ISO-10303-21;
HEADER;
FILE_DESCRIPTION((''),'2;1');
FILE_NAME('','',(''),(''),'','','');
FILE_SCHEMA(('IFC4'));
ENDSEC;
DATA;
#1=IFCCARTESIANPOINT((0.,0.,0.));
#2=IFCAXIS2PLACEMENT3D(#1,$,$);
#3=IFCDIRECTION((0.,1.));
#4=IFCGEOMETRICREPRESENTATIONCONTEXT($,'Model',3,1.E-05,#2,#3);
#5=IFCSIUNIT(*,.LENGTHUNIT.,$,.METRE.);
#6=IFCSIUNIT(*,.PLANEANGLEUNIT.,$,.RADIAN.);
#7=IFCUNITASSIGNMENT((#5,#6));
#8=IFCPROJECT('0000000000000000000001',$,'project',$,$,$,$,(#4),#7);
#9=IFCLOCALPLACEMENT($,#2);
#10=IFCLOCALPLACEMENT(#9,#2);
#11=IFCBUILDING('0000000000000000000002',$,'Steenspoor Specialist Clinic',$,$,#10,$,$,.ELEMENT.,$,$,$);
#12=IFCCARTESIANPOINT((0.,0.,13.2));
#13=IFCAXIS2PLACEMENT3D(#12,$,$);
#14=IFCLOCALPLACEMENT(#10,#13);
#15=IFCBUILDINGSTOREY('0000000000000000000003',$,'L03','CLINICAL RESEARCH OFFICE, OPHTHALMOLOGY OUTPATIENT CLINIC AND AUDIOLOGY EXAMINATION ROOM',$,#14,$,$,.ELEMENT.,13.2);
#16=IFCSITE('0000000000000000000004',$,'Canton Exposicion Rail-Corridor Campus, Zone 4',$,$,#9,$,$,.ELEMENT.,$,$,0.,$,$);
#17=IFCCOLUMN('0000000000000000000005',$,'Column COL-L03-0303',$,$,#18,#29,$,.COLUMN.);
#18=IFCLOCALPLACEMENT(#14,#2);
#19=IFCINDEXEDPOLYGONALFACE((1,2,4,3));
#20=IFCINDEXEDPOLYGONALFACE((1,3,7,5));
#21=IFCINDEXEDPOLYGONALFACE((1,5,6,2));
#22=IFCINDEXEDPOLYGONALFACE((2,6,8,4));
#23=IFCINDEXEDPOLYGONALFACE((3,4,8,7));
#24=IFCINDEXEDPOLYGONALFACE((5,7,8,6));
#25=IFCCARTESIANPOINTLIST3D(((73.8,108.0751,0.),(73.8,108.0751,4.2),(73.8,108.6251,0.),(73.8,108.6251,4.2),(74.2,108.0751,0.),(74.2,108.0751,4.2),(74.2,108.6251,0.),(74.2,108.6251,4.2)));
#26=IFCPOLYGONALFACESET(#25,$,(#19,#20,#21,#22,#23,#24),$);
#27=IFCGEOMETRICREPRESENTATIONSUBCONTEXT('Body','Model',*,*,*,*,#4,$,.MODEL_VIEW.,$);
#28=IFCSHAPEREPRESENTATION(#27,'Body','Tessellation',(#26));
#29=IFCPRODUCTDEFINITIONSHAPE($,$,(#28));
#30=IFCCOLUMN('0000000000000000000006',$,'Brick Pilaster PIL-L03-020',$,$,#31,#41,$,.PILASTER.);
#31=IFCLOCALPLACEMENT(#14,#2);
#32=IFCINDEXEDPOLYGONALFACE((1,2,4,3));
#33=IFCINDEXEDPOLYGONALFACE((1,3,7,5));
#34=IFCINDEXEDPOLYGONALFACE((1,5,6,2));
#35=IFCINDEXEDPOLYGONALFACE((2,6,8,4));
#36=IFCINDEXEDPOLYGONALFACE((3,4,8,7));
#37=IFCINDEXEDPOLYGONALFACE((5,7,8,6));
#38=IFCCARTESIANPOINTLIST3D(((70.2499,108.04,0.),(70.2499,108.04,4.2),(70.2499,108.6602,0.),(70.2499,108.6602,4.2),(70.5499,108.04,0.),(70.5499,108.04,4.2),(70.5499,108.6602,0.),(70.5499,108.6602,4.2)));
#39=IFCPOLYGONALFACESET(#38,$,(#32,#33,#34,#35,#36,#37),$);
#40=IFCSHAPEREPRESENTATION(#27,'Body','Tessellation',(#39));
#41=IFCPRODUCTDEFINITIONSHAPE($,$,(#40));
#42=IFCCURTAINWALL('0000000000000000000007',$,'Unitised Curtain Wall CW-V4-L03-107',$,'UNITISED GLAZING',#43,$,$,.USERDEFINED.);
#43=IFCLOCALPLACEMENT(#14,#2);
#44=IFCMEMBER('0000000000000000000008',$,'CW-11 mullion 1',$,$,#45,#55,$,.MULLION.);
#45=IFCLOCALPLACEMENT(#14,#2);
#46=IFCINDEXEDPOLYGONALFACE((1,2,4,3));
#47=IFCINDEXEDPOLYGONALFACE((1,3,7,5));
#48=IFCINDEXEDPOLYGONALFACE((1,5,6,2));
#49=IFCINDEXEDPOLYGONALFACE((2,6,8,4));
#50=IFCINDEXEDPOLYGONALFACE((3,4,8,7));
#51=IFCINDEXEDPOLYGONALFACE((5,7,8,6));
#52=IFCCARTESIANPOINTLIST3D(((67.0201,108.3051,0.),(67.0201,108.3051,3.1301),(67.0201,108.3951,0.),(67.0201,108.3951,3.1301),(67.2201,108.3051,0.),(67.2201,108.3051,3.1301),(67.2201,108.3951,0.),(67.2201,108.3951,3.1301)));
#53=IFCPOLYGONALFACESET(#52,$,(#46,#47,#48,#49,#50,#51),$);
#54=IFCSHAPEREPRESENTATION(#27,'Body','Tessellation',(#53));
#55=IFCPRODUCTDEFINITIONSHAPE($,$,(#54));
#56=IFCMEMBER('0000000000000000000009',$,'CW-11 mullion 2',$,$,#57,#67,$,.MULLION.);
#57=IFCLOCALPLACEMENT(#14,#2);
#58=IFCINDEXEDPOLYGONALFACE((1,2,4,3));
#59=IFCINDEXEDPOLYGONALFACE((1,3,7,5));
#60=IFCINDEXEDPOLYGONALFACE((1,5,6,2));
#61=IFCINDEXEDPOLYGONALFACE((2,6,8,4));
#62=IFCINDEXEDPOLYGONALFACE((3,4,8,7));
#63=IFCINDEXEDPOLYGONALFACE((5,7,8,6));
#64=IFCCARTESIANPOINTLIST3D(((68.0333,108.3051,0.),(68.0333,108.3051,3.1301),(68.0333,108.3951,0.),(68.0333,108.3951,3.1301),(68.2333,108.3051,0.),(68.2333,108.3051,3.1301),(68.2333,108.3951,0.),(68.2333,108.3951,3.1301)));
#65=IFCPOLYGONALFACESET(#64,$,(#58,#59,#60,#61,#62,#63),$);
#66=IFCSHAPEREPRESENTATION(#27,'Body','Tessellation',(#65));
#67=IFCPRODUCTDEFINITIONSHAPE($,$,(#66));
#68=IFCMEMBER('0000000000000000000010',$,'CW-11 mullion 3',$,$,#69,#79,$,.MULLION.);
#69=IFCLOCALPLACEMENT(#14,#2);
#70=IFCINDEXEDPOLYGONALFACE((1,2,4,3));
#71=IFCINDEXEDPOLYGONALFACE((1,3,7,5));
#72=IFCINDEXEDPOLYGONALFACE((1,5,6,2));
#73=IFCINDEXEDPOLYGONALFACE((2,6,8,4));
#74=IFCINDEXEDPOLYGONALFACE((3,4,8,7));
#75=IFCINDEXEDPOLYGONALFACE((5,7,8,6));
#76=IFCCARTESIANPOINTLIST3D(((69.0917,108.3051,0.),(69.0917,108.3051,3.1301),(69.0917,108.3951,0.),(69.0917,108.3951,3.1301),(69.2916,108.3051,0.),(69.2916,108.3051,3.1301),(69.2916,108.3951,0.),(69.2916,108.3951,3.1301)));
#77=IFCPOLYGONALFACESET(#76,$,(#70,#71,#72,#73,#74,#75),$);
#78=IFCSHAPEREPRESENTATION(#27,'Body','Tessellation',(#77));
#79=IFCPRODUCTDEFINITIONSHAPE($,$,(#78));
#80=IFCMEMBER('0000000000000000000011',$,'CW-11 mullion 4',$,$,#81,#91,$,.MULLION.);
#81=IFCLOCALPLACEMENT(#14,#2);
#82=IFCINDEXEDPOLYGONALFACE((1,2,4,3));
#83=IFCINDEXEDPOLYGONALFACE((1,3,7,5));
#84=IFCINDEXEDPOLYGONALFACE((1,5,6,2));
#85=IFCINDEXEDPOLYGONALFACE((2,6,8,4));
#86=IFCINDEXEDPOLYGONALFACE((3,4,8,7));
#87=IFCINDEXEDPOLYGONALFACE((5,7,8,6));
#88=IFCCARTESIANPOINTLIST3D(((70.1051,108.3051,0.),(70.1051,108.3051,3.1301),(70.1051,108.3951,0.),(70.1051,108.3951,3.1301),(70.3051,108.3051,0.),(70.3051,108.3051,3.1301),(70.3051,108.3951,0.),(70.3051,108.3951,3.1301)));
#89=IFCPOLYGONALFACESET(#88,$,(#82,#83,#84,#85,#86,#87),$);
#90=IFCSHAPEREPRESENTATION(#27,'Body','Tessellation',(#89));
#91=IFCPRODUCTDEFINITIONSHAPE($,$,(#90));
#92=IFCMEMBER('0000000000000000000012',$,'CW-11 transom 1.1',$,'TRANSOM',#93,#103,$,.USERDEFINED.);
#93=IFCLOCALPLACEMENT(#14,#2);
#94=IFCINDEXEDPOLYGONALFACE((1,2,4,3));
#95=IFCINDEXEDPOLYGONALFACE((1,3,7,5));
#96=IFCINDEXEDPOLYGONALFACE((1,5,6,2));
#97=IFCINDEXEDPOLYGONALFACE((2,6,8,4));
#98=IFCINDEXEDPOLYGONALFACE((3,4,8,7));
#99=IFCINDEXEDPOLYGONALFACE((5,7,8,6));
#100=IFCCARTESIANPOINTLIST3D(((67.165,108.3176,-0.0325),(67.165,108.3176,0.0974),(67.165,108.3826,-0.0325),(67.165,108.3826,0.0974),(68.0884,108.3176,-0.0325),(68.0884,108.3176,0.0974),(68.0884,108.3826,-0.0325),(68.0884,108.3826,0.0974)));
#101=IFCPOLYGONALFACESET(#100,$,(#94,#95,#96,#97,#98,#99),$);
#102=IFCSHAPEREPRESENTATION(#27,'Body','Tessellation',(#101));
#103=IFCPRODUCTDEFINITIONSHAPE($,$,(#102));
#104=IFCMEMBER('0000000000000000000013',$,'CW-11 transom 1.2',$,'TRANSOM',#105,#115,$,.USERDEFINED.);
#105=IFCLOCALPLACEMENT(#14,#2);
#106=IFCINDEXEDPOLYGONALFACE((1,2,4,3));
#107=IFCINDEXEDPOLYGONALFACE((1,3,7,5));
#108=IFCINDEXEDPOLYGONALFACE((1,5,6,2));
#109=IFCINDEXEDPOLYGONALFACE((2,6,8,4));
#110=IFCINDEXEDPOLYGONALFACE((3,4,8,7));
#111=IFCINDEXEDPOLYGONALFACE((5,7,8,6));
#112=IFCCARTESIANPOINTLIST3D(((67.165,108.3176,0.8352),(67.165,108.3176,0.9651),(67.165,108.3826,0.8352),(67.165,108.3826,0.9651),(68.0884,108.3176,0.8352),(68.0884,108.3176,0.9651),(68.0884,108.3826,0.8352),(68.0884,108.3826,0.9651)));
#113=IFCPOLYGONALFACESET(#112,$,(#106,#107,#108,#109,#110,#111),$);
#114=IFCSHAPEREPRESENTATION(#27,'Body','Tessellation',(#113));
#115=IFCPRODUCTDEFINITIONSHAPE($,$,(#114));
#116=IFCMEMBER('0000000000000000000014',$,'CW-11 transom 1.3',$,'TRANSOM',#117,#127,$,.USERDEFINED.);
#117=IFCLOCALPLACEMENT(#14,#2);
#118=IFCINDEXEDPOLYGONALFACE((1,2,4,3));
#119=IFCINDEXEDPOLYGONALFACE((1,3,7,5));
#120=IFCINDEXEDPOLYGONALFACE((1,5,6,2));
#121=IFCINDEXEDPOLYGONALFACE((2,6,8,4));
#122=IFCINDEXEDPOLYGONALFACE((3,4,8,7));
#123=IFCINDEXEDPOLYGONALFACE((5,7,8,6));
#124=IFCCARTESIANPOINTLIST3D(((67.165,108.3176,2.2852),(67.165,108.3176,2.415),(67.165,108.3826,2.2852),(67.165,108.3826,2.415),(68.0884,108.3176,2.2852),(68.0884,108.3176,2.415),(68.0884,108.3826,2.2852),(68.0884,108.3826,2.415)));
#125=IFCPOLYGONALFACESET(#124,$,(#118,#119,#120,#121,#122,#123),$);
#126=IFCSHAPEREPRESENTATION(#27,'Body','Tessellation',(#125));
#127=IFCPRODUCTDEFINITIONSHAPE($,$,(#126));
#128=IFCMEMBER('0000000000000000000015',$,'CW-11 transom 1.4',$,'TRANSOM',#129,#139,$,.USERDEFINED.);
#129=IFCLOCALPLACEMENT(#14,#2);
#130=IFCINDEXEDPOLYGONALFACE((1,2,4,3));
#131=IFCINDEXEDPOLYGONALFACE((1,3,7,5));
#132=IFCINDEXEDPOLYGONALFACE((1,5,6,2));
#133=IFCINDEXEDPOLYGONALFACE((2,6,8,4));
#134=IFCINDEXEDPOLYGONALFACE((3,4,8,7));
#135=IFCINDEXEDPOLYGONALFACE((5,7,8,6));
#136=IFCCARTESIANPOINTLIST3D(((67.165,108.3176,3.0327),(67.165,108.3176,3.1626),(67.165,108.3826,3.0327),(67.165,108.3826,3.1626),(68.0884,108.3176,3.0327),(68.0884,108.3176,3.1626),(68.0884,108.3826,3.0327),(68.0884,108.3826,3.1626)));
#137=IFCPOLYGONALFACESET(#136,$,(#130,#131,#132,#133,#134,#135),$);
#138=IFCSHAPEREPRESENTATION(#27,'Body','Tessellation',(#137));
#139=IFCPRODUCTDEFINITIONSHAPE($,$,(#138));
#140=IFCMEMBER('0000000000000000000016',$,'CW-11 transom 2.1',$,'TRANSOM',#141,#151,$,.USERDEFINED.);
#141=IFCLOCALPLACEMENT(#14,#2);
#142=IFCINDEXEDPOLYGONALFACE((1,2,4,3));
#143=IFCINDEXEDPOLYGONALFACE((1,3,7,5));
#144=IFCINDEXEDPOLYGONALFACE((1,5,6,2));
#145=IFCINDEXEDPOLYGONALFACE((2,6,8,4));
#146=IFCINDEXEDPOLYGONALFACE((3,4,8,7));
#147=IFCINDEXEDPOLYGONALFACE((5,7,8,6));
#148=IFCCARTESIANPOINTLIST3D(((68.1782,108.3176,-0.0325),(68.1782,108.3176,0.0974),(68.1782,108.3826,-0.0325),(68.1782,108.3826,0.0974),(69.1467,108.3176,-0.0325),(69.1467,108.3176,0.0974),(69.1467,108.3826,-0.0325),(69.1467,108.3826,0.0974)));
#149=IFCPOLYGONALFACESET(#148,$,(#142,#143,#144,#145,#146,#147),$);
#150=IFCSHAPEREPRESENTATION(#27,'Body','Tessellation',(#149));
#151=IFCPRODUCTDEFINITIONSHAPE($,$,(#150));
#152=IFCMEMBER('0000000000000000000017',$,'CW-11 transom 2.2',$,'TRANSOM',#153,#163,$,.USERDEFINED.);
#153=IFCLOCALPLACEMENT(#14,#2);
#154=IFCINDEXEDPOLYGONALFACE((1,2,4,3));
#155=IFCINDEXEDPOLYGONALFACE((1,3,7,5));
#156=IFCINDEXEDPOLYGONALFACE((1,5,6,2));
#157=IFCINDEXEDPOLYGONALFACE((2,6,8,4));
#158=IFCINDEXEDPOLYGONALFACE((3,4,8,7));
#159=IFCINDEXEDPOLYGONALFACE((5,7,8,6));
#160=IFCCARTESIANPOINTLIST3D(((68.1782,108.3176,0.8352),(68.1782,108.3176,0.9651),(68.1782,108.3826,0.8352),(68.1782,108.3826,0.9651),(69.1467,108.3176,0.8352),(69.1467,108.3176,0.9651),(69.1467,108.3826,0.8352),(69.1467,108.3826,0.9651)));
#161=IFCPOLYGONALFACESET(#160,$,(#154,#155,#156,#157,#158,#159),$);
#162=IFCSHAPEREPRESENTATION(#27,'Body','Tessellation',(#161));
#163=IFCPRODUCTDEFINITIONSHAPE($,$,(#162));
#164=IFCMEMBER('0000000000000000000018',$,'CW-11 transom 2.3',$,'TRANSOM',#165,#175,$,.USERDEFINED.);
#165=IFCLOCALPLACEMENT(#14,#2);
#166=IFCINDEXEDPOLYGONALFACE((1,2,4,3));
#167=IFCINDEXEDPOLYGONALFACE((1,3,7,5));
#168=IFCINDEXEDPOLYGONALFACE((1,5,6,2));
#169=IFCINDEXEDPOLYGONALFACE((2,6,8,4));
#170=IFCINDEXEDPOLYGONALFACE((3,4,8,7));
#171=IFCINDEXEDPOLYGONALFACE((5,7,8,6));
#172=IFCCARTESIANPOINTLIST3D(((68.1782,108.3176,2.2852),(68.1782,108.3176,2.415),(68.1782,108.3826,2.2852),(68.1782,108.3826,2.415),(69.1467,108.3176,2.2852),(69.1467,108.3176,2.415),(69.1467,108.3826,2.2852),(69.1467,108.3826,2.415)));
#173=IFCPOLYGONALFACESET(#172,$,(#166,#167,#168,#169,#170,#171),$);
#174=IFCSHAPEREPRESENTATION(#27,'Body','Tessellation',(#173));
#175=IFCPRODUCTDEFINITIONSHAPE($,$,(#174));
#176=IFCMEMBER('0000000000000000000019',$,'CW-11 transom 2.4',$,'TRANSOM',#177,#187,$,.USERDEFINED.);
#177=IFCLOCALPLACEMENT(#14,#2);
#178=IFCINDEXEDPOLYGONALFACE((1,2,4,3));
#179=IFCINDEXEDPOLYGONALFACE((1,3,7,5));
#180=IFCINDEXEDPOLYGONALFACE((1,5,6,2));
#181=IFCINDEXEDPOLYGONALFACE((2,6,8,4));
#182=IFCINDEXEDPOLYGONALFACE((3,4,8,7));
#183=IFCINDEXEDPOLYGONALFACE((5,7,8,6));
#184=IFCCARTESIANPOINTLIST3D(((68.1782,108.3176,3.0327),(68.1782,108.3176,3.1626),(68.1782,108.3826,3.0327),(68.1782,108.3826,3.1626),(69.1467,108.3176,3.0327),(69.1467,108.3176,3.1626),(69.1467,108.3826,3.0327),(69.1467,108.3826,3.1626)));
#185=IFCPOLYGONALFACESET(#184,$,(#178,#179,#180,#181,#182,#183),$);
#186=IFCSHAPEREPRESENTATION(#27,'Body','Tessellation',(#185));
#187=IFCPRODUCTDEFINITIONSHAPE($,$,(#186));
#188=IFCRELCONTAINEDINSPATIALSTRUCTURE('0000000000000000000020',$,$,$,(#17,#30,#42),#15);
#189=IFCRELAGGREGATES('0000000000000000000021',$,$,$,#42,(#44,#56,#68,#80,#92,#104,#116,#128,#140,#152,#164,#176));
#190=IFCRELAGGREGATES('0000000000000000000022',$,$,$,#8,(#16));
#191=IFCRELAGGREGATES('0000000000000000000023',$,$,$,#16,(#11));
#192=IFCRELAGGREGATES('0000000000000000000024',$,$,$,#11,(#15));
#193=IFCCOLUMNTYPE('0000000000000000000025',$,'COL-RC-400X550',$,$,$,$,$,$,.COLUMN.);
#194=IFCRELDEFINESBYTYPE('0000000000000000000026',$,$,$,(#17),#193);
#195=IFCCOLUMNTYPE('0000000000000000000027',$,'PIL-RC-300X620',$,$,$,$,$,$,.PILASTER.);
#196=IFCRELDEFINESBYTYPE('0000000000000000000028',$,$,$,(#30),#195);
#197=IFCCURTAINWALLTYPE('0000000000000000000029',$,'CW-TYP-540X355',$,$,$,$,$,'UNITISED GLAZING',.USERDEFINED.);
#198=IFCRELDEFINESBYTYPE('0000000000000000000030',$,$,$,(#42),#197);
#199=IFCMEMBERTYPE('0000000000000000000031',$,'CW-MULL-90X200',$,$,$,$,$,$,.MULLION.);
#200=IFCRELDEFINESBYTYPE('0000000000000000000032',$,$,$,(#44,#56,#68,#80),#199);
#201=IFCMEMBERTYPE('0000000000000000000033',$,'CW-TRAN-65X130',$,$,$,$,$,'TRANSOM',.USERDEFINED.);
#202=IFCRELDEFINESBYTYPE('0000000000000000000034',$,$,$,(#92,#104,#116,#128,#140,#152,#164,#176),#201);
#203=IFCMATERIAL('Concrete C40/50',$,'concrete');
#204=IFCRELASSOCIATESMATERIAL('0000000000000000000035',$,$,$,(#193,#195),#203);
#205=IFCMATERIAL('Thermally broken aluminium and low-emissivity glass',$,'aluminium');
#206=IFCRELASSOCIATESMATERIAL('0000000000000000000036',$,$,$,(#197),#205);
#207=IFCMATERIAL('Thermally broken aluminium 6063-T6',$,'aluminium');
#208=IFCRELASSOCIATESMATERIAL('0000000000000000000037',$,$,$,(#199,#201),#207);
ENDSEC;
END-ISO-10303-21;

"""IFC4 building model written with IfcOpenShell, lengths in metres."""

from ifc_helpers import new_model, si_unit, direction, frame, origin, origin_2d, place, context, subcontext, project, spatial, rectangle, extrude, material, material_profile, profile_set, type_object, element, aggregate, save


model = new_model("IFC4")

# Units and contexts
model_context = context("Model", 3, precision=1e-05, world=origin(), true_north=direction((0.0, 1.0)))
body_context = subcontext(model_context, "Body", "Model", "MODEL_VIEW")
ifc_project = project(units=[si_unit("LENGTHUNIT", "METRE"), si_unit("PLANEANGLEUNIT", "RADIAN")], contexts=[model_context])

# Site, building, storey
site_placement = place(None, origin())
site = spatial("IfcSite", under=ifc_project, at=site_placement, Name="Canton Exposicion Rail-Corridor Campus, Zone 4", CompositionType="ELEMENT", RefElevation=0.0)
building_placement = place(site_placement, origin())
building = spatial("IfcBuilding", under=site, at=building_placement, Name="Steenspoor Specialist Clinic", CompositionType="ELEMENT")
storey_placement = place(building_placement, frame((0.0, 0.0, 13.2)))
storey = spatial("IfcBuildingStorey", under=building, at=storey_placement, Name="L03", Description="CLINICAL RESEARCH OFFICE, OPHTHALMOLOGY OUTPATIENT CLINIC AND AUDIOLOGY EXAMINATION ROOM", CompositionType="ELEMENT", Elevation=13.2)

# Columns
ifc_material_1 = material(Name="Concrete C40/50", Category="concrete")
ifc_material_profile_1 = material_profile(ifc_material_1, rectangle(XDim=0.3999, YDim=0.55, at=origin_2d()), Name="RC-COL-400X550")
ifc_profile_set_1 = profile_set([ifc_material_profile_1], Name="Concrete C40/50")
column_type_1 = type_object("IfcColumnType", Name="COL-RC-400X550", PredefinedType="COLUMN", material=ifc_profile_set_1)
column_1_placement = place(storey_placement, frame((74.0, 108.3501, 0.0), z_axis=(0.0, 0.0, 1.0), x_axis=(1.0, 0.0, 0.0)))
element("IfcColumn", 1, at=column_1_placement, inside=storey, type_object=column_type_1, Name="Column COL-L03-0303", PredefinedType="COLUMN", context=body_context, shape_type="SweptSolid", body=[
    extrude(rectangle(XDim=0.3999, YDim=0.55, at=origin_2d()), origin(), (0.0, 0.0, 1.0), 4.2),
])
ifc_material_profile_2 = material_profile(ifc_material_1, rectangle(XDim=0.3, YDim=0.6201, at=origin_2d()), Name="RC-PIL-300X620")
ifc_profile_set_2 = profile_set([ifc_material_profile_2], Name="Concrete C40/50")
column_type_2 = type_object("IfcColumnType", Name="PIL-RC-300X620", PredefinedType="PILASTER", material=ifc_profile_set_2)
column_2_placement = place(storey_placement, frame((70.3999, 108.3501, 0.0), z_axis=(0.0, 0.0, 1.0), x_axis=(1.0, 0.0, 0.0)))
element("IfcColumn", 2, at=column_2_placement, inside=storey, type_object=column_type_2, Name="Brick Pilaster PIL-L03-020", PredefinedType="PILASTER", context=body_context, shape_type="SweptSolid", body=[
    extrude(rectangle(XDim=0.3, YDim=0.6201, at=origin_2d()), origin(), (0.0, 0.0, 1.0), 4.2),
])

# Curtain wall, members
ifc_material_2 = material(Name="Thermally broken aluminium and low-emissivity glass", Category="aluminium")
curtain_wall_type = type_object("IfcCurtainWallType", Name="CW-TYP-540X355", ElementType="UNITISED GLAZING", PredefinedType="USERDEFINED", material=ifc_material_2)
curtain_wall_placement = place(storey_placement, origin())
curtain_wall = element("IfcCurtainWall", 3, at=curtain_wall_placement, inside=storey, type_object=curtain_wall_type, Name="Unitised Curtain Wall CW-V4-L03-107", ObjectType="UNITISED GLAZING", PredefinedType="USERDEFINED")
ifc_material_3 = material(Name="Thermally broken aluminium 6063-T6", Category="aluminium")
ifc_material_profile_3 = material_profile(ifc_material_3, rectangle(XDim=0.0901, YDim=0.2, at=origin_2d()), Name="CWM-90X200")
ifc_profile_set_3 = profile_set([ifc_material_profile_3], Name="Thermally broken aluminium 6063-T6")
member_type_1 = type_object("IfcMemberType", Name="CW-MULL-90X200", PredefinedType="MULLION", material=ifc_profile_set_3)
member_1_placement = place(storey_placement, frame((67.1201, 108.3501, 0.0), z_axis=(0.0, 0.0, 1.0), x_axis=(0.0, 1.0, 0.0)))
member_1 = element("IfcMember", 4, at=member_1_placement, type_object=member_type_1, Name="CW-11 mullion 1", PredefinedType="MULLION", context=body_context, shape_type="SweptSolid", body=[
    extrude(rectangle(XDim=0.0901, YDim=0.2, at=origin_2d()), origin(), (0.0, 0.0, 1.0), 3.1301),
])
member_2_placement = place(storey_placement, frame((68.1333, 108.3501, 0.0), z_axis=(0.0, 0.0, 1.0), x_axis=(0.0, 1.0, 0.0)))
member_2 = element("IfcMember", 5, at=member_2_placement, type_object=member_type_1, Name="CW-11 mullion 2", PredefinedType="MULLION", context=body_context, shape_type="SweptSolid", body=[
    extrude(rectangle(XDim=0.0901, YDim=0.2, at=origin_2d()), origin(), (0.0, 0.0, 1.0), 3.1301),
])
member_3_placement = place(storey_placement, frame((69.1917, 108.3501, 0.0), z_axis=(0.0, 0.0, 1.0), x_axis=(0.0, 1.0, 0.0)))
member_3 = element("IfcMember", 6, at=member_3_placement, type_object=member_type_1, Name="CW-11 mullion 3", PredefinedType="MULLION", context=body_context, shape_type="SweptSolid", body=[
    extrude(rectangle(XDim=0.0901, YDim=0.2, at=origin_2d()), origin(), (0.0, 0.0, 1.0), 3.1301),
])
member_4_placement = place(storey_placement, frame((70.2051, 108.3501, 0.0), z_axis=(0.0, 0.0, 1.0), x_axis=(0.0, 1.0, 0.0)))
member_4 = element("IfcMember", 7, at=member_4_placement, type_object=member_type_1, Name="CW-11 mullion 4", PredefinedType="MULLION", context=body_context, shape_type="SweptSolid", body=[
    extrude(rectangle(XDim=0.0901, YDim=0.2, at=origin_2d()), origin(), (0.0, 0.0, 1.0), 3.1301),
])
ifc_material_profile_4 = material_profile(ifc_material_3, rectangle(XDim=0.0649, YDim=0.1299, at=origin_2d()), Name="CWT-65X130")
ifc_profile_set_4 = profile_set([ifc_material_profile_4], Name="Thermally broken aluminium 6063-T6")
member_type_2 = type_object("IfcMemberType", Name="CW-TRAN-65X130", ElementType="TRANSOM", PredefinedType="USERDEFINED", material=ifc_profile_set_4)
member_5_placement = place(storey_placement, frame((67.165, 108.3501, 0.0325), z_axis=(1.0, 0.0, 0.0), x_axis=(0.0, 1.0, 0.0)))
member_5 = element("IfcMember", 8, at=member_5_placement, type_object=member_type_2, Name="CW-11 transom 1.1", ObjectType="TRANSOM", PredefinedType="USERDEFINED", context=body_context, shape_type="SweptSolid", body=[
    extrude(rectangle(XDim=0.0649, YDim=0.1299, at=origin_2d()), origin(), (0.0, 0.0, 1.0), 0.9233),
])
member_6_placement = place(storey_placement, frame((67.165, 108.3501, 0.9001), z_axis=(1.0, 0.0, 0.0), x_axis=(0.0, 1.0, 0.0)))
member_6 = element("IfcMember", 9, at=member_6_placement, type_object=member_type_2, Name="CW-11 transom 1.2", ObjectType="TRANSOM", PredefinedType="USERDEFINED", context=body_context, shape_type="SweptSolid", body=[
    extrude(rectangle(XDim=0.0649, YDim=0.1299, at=origin_2d()), origin(), (0.0, 0.0, 1.0), 0.9233),
])
member_7_placement = place(storey_placement, frame((67.165, 108.3501, 2.3501), z_axis=(1.0, 0.0, 0.0), x_axis=(0.0, 1.0, 0.0)))
member_7 = element("IfcMember", 10, at=member_7_placement, type_object=member_type_2, Name="CW-11 transom 1.3", ObjectType="TRANSOM", PredefinedType="USERDEFINED", context=body_context, shape_type="SweptSolid", body=[
    extrude(rectangle(XDim=0.0649, YDim=0.1299, at=origin_2d()), origin(), (0.0, 0.0, 1.0), 0.9233),
])
member_8_placement = place(storey_placement, frame((67.165, 108.3501, 3.0977), z_axis=(1.0, 0.0, 0.0), x_axis=(0.0, 1.0, 0.0)))
member_8 = element("IfcMember", 11, at=member_8_placement, type_object=member_type_2, Name="CW-11 transom 1.4", ObjectType="TRANSOM", PredefinedType="USERDEFINED", context=body_context, shape_type="SweptSolid", body=[
    extrude(rectangle(XDim=0.0649, YDim=0.1299, at=origin_2d()), origin(), (0.0, 0.0, 1.0), 0.9233),
])
member_9_placement = place(storey_placement, frame((68.1782, 108.3501, 0.0325), z_axis=(1.0, 0.0, 0.0), x_axis=(0.0, 1.0, 0.0)))
member_9 = element("IfcMember", 12, at=member_9_placement, type_object=member_type_2, Name="CW-11 transom 2.1", ObjectType="TRANSOM", PredefinedType="USERDEFINED", context=body_context, shape_type="SweptSolid", body=[
    extrude(rectangle(XDim=0.0649, YDim=0.1299, at=origin_2d()), origin(), (0.0, 0.0, 1.0), 0.9685),
])
member_10_placement = place(storey_placement, frame((68.1782, 108.3501, 0.9001), z_axis=(1.0, 0.0, 0.0), x_axis=(0.0, 1.0, 0.0)))
member_10 = element("IfcMember", 13, at=member_10_placement, type_object=member_type_2, Name="CW-11 transom 2.2", ObjectType="TRANSOM", PredefinedType="USERDEFINED", context=body_context, shape_type="SweptSolid", body=[
    extrude(rectangle(XDim=0.0649, YDim=0.1299, at=origin_2d()), origin(), (0.0, 0.0, 1.0), 0.9685),
])
member_11_placement = place(storey_placement, frame((68.1782, 108.3501, 2.3501), z_axis=(1.0, 0.0, 0.0), x_axis=(0.0, 1.0, 0.0)))
member_11 = element("IfcMember", 14, at=member_11_placement, type_object=member_type_2, Name="CW-11 transom 2.3", ObjectType="TRANSOM", PredefinedType="USERDEFINED", context=body_context, shape_type="SweptSolid", body=[
    extrude(rectangle(XDim=0.0649, YDim=0.1299, at=origin_2d()), origin(), (0.0, 0.0, 1.0), 0.9685),
])
member_12_placement = place(storey_placement, frame((68.1782, 108.3501, 3.0977), z_axis=(1.0, 0.0, 0.0), x_axis=(0.0, 1.0, 0.0)))
member_12 = element("IfcMember", 15, at=member_12_placement, type_object=member_type_2, Name="CW-11 transom 2.4", ObjectType="TRANSOM", PredefinedType="USERDEFINED", context=body_context, shape_type="SweptSolid", body=[
    extrude(rectangle(XDim=0.0649, YDim=0.1299, at=origin_2d()), origin(), (0.0, 0.0, 1.0), 0.9685),
])

aggregate(curtain_wall, [member_1, member_2, member_3, member_4, member_5, member_6, member_7, member_8, member_9, member_10, member_11, member_12])

save(model, "model.ifc")
